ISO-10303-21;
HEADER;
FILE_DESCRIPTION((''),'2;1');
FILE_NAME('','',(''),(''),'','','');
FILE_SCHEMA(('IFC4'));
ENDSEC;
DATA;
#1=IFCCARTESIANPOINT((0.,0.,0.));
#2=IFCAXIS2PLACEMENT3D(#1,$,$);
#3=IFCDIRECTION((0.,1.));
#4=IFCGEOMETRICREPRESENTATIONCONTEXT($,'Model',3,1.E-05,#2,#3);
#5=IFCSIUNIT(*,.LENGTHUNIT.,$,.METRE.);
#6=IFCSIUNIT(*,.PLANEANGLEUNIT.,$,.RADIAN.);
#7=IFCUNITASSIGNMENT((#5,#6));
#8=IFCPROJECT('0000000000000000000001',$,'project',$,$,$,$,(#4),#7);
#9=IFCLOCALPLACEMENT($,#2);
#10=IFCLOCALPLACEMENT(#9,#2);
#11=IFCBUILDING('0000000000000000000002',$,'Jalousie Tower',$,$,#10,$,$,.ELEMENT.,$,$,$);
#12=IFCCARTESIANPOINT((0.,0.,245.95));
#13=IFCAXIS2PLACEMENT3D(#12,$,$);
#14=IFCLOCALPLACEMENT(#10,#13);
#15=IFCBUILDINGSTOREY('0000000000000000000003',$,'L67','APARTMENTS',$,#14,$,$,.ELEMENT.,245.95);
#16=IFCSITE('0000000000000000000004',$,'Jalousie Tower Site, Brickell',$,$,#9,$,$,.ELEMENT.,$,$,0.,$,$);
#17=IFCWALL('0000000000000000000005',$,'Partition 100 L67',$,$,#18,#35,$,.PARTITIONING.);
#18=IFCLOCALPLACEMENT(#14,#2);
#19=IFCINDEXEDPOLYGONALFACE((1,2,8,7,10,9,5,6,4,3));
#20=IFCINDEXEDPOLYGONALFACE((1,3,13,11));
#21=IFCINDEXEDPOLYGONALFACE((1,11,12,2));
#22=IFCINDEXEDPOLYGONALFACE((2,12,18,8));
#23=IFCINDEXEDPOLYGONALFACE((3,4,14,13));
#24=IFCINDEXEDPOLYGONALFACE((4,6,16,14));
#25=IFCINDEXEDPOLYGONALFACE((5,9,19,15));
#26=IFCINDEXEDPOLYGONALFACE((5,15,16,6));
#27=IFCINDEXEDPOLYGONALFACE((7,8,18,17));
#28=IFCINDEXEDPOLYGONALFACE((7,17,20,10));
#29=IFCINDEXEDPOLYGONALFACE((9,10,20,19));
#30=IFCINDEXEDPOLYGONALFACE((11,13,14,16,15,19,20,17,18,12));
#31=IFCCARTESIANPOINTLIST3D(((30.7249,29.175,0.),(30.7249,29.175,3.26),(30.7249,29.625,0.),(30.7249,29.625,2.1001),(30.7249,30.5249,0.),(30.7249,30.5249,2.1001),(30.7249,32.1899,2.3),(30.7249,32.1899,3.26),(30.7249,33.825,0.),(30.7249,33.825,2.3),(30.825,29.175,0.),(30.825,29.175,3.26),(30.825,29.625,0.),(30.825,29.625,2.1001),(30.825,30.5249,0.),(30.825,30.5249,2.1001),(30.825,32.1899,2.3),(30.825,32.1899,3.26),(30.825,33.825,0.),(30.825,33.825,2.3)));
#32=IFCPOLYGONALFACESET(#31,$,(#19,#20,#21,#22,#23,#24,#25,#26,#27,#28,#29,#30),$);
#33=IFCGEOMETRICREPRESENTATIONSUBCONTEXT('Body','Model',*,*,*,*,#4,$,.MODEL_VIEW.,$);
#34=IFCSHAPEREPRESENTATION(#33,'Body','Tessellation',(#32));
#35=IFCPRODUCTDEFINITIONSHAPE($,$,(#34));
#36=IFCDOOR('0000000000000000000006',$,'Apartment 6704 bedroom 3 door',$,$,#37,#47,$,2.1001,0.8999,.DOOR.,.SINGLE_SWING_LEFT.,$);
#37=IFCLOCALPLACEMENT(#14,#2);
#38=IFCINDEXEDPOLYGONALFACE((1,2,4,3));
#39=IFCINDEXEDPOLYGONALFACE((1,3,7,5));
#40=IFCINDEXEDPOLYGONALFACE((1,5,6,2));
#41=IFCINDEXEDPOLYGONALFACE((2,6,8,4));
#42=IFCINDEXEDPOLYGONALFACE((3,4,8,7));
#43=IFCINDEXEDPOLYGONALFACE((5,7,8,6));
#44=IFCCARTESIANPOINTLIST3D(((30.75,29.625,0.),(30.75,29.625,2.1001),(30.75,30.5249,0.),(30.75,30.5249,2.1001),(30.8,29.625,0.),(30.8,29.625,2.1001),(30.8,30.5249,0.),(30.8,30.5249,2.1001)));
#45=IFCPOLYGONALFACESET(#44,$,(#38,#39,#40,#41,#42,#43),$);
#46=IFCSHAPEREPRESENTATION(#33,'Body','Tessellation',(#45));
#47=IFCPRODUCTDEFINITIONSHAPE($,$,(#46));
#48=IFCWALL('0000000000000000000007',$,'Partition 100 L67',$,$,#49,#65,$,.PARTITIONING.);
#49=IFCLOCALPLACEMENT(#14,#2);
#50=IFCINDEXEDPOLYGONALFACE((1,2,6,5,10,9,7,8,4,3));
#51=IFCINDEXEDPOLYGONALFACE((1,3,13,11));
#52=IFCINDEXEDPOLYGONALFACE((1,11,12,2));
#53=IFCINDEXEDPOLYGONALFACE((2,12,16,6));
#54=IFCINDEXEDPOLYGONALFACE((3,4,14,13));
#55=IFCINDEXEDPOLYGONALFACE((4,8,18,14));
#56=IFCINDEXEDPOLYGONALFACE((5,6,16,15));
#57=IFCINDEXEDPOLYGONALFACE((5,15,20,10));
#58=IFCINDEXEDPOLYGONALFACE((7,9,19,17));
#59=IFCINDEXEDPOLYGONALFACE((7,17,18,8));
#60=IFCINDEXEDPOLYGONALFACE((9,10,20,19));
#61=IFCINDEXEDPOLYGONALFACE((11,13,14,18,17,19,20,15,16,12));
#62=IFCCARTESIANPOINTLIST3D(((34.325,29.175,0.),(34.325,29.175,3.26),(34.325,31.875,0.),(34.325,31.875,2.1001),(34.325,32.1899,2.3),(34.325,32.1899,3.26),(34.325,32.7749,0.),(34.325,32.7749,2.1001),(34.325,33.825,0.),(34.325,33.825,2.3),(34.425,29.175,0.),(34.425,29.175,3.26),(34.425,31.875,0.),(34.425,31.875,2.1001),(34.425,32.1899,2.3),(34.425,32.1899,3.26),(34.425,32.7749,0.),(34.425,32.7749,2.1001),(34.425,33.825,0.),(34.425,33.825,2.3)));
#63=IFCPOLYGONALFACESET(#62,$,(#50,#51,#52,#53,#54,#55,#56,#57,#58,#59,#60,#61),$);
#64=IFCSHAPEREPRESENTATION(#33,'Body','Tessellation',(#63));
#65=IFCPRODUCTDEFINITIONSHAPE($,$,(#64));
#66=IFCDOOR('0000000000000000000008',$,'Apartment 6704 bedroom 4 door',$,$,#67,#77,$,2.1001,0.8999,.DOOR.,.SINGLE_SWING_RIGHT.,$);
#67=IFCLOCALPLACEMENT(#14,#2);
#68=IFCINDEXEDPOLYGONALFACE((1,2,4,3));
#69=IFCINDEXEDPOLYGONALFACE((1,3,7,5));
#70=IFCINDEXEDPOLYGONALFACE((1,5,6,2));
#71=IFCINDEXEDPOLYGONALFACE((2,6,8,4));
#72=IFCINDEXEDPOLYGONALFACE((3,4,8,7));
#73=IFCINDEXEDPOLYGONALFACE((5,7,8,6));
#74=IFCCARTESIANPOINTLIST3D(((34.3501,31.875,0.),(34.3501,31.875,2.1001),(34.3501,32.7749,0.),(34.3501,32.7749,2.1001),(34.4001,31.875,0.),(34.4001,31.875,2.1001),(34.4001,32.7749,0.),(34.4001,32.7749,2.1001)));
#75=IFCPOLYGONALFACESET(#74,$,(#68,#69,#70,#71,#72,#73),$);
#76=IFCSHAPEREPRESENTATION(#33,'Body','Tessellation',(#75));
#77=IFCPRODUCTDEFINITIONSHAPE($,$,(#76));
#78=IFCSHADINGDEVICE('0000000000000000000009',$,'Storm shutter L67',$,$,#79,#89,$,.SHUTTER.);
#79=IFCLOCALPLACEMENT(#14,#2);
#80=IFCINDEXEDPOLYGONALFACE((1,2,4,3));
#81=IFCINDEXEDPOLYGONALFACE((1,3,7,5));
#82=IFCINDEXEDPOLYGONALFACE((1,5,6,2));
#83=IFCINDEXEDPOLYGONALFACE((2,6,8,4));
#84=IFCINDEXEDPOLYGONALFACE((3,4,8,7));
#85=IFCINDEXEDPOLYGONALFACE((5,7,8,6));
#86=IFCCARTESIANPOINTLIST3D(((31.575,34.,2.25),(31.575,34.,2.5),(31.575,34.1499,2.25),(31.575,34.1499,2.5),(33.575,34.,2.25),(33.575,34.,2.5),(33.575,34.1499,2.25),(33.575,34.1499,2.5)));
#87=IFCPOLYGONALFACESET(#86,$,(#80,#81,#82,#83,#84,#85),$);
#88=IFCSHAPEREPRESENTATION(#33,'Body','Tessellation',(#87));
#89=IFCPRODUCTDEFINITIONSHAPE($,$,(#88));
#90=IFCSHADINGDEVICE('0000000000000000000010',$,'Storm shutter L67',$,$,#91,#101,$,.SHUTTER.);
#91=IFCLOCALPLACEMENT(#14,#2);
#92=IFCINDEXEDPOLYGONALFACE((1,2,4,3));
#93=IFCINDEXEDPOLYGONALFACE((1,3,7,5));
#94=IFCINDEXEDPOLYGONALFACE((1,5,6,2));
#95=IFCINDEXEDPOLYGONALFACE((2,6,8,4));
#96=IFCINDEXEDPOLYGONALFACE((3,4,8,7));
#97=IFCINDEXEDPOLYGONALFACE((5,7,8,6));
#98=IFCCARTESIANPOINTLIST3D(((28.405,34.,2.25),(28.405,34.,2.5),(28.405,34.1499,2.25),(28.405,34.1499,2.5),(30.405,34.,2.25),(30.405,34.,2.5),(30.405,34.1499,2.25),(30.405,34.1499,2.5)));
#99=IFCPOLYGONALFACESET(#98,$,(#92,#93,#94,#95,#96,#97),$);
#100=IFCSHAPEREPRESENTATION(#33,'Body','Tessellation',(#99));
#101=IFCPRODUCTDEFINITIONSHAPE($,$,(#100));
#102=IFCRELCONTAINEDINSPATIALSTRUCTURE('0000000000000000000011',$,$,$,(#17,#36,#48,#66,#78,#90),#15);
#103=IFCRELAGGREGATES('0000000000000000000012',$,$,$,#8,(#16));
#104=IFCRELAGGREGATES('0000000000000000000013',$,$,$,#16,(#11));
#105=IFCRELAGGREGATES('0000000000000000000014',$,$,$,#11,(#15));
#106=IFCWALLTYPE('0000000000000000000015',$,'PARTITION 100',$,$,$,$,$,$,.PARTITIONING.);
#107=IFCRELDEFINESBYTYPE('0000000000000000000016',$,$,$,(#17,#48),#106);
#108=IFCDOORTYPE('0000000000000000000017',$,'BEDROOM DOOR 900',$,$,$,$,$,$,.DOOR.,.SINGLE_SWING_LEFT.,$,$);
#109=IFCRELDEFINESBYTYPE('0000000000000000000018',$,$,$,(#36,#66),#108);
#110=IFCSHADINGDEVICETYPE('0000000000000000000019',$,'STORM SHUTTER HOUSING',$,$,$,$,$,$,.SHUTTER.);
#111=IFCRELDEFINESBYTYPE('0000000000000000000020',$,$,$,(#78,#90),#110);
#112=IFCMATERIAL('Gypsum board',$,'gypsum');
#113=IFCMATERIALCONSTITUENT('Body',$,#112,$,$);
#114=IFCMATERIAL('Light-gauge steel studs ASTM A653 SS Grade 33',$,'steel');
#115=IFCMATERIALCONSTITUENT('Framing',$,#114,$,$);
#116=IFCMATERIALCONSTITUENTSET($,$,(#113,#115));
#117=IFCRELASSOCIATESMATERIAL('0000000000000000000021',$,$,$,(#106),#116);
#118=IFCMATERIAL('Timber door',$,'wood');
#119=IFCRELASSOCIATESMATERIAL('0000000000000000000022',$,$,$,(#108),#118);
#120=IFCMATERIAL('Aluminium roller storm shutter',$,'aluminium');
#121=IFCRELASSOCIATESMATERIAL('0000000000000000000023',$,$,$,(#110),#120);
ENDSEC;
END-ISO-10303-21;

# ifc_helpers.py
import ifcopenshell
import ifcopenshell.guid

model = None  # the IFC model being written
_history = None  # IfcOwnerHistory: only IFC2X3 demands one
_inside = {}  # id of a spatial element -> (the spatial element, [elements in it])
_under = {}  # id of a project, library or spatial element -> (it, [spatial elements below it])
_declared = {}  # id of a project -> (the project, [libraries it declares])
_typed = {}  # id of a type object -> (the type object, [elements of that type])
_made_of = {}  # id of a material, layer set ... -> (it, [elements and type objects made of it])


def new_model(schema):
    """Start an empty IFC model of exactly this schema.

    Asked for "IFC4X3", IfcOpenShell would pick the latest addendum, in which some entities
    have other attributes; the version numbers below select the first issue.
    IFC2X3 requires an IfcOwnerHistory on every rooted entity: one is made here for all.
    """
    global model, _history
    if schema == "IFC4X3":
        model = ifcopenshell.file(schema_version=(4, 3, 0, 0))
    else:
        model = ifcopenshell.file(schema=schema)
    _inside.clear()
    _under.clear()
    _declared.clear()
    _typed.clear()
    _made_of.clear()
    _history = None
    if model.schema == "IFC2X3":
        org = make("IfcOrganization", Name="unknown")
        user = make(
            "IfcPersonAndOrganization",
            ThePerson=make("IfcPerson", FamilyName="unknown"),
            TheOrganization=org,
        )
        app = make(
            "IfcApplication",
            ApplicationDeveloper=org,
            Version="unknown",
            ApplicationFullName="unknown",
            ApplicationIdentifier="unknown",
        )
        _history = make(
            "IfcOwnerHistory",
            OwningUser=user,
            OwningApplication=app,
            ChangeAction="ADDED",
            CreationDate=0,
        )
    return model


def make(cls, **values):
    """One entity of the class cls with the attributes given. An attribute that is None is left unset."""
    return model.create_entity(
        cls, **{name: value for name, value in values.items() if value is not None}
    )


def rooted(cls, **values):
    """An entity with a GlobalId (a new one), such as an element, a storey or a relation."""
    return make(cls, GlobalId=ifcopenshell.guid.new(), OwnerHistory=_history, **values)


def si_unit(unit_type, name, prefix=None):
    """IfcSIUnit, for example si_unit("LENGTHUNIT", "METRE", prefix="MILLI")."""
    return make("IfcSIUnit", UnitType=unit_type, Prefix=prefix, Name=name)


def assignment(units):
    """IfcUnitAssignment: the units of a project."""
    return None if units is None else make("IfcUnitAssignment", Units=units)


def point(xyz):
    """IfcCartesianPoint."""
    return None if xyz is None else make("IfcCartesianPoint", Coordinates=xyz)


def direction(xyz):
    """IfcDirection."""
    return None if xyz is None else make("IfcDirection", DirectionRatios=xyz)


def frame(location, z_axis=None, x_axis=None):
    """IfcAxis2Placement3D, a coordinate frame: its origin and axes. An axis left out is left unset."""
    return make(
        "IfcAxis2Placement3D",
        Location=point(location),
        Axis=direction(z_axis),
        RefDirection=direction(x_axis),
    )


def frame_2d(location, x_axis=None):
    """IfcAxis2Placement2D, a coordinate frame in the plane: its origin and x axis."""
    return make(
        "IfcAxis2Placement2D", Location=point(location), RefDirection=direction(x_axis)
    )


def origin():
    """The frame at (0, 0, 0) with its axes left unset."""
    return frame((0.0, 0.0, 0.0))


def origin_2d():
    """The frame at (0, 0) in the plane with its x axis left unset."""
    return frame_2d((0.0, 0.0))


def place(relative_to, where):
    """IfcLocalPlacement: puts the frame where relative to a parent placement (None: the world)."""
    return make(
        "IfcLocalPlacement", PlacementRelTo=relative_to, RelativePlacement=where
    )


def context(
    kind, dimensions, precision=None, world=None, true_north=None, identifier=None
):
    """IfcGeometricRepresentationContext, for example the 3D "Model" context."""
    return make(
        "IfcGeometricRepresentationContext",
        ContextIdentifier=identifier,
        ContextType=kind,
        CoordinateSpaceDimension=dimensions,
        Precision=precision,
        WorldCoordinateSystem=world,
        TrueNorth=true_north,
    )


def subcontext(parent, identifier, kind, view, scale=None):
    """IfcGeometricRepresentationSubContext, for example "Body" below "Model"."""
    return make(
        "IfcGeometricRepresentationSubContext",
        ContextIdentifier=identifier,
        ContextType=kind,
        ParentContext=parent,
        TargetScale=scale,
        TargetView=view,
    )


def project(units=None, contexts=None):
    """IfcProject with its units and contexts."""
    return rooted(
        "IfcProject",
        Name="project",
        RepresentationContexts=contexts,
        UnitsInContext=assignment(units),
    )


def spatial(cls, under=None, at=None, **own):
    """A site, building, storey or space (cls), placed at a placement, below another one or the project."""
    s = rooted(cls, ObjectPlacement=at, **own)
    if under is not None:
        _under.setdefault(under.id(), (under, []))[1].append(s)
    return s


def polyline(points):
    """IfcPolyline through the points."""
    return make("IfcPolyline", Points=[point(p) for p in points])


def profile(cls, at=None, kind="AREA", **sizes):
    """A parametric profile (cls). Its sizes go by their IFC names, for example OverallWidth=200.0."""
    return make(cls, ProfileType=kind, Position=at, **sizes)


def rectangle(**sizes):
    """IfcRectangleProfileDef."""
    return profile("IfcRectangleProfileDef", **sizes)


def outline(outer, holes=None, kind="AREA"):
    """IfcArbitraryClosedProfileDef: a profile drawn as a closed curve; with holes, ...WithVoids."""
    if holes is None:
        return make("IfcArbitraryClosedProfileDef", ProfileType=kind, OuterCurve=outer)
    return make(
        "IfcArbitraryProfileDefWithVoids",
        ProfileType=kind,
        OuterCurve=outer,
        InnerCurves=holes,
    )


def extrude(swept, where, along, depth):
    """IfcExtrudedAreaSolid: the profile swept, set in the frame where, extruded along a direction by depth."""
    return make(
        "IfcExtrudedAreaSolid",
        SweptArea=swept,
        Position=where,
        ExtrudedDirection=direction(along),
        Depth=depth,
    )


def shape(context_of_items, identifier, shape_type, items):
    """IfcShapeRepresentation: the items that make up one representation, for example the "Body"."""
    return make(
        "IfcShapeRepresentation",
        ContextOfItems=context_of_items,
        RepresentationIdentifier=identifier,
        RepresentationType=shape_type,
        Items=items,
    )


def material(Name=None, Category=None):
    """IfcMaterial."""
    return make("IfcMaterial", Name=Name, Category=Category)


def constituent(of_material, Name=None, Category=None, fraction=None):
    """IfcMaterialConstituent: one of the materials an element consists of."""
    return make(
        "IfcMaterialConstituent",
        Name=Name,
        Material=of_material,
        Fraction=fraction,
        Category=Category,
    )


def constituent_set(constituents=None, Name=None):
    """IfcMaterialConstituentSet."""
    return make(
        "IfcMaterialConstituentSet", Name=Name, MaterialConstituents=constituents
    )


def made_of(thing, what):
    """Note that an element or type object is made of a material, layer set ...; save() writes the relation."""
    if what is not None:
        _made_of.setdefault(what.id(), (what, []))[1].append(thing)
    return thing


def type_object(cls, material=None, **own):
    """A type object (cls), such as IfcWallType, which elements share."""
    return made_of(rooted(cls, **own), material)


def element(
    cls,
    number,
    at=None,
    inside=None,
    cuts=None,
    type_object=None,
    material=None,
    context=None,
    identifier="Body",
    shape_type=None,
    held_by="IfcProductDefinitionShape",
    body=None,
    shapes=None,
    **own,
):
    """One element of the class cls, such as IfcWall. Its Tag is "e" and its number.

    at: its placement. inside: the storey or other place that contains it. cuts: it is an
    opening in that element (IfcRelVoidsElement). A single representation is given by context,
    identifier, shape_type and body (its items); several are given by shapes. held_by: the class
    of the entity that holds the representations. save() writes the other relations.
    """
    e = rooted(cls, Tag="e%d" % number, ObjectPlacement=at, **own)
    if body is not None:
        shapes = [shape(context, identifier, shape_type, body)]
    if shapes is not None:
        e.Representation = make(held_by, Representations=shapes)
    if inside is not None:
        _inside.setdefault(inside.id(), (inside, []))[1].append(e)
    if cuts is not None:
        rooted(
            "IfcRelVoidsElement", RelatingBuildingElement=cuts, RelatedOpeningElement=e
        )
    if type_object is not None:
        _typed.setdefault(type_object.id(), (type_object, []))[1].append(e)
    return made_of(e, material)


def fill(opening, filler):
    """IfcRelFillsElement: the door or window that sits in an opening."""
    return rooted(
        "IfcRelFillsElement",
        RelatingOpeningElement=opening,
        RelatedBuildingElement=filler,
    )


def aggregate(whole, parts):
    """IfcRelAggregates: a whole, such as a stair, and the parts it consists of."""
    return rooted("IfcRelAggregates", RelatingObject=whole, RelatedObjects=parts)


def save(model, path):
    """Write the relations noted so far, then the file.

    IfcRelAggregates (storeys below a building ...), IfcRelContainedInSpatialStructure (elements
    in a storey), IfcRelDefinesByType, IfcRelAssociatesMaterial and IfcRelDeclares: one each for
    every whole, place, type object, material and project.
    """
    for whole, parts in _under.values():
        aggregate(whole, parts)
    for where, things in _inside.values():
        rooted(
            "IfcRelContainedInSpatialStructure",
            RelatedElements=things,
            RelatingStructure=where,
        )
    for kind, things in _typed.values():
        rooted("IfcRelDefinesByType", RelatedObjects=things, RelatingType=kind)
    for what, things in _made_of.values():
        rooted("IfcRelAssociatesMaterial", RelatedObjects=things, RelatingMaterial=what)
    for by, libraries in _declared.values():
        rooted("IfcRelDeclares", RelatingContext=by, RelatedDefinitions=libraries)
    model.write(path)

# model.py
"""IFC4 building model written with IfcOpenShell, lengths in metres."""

from ifc_helpers import new_model, si_unit, direction, frame, frame_2d, origin, origin_2d, place, context, subcontext, project, spatial, polyline, rectangle, outline, extrude, material, constituent, constituent_set, type_object, element, fill, save


model = new_model("IFC4")

# Units and contexts
model_context = context("Model", 3, precision=1e-05, world=origin(), true_north=direction((0.0, 1.0)))
body_context = subcontext(model_context, "Body", "Model", "MODEL_VIEW")
ifc_project = project(units=[si_unit("LENGTHUNIT", "METRE"), si_unit("PLANEANGLEUNIT", "RADIAN")], contexts=[model_context])

# Site, building, storey
site_placement = place(None, origin())
site = spatial("IfcSite", under=ifc_project, at=site_placement, Name="Jalousie Tower Site, Brickell", CompositionType="ELEMENT", RefElevation=0.0)
building_placement = place(site_placement, origin())
building = spatial("IfcBuilding", under=site, at=building_placement, Name="Jalousie Tower", CompositionType="ELEMENT")
storey_placement = place(building_placement, frame((0.0, 0.0, 245.95)))
storey = spatial("IfcBuildingStorey", under=building, at=storey_placement, Name="L67", Description="APARTMENTS", CompositionType="ELEMENT", Elevation=245.95)

# Walls, openings, doors
ifc_material_1 = material(Name="Gypsum board", Category="gypsum")
ifc_constituent_1 = constituent(ifc_material_1, Name="Body")
ifc_material_2 = material(Name="Light-gauge steel studs ASTM A653 SS Grade 33", Category="steel")
ifc_constituent_2 = constituent(ifc_material_2, Name="Framing")
ifc_constituent_set = constituent_set(constituents=[ifc_constituent_1, ifc_constituent_2])
wall_type_1 = type_object("IfcWallType", Name="PARTITION 100", PredefinedType="PARTITIONING", material=ifc_constituent_set)
ifc_material_3 = material(Name="Timber door", Category="wood")
door_type_1 = type_object("IfcDoorType", Name="BEDROOM DOOR 900", OperationType="SINGLE_SWING_LEFT", PredefinedType="DOOR", material=ifc_material_3)
wall_1_placement = place(storey_placement, frame((30.7749, 33.825, 0.0), z_axis=(0.0, 0.0, 1.0), x_axis=(0.0, -1.0, 0.0)))
wall_1 = element("IfcWall", 1, at=wall_1_placement, inside=storey, type_object=wall_type_1, Name="Partition 100 L67", PredefinedType="PARTITIONING", context=body_context, shape_type="SweptSolid", body=[
    extrude(outline(polyline([(0.0, 0.0), (4.6499, 0.0), (4.6499, 3.26), (1.635, 3.26), (1.635, 2.3), (0.0, 2.3), (0.0, 3.26), (0.0, 0.0)])), frame((0.0, 0.05, 0.0), z_axis=(0.0, -1.0, 0.0), x_axis=(1.0, 0.0, 0.0)), (0.0, 0.0, 1.0), 0.1001),
])
opening_1_placement = place(wall_1_placement, frame((3.3, 0.0, 0.0)))
opening_1 = element("IfcOpeningElement", 2, at=opening_1_placement, cuts=wall_1, PredefinedType="OPENING", context=body_context, shape_type="SweptSolid", body=[
    extrude(rectangle(XDim=0.8999, YDim=2.1001, at=frame_2d((0.45, 1.05))), frame((0.0, 0.0601, 0.0), z_axis=(0.0, -1.0, 0.0), x_axis=(1.0, 0.0, 0.0)), (0.0, 0.0, 1.0), 0.1201),
])
door_1_placement = place(opening_1_placement, frame((0.8999, 0.0, 0.0), z_axis=(0.0, 0.0, 1.0), x_axis=(-1.0, 0.0, 0.0)))
door_1 = element("IfcDoor", 3, at=door_1_placement, inside=storey, type_object=door_type_1, Name="Apartment 6704 bedroom 3 door", OperationType="SINGLE_SWING_LEFT", OverallHeight=2.1001, OverallWidth=0.8999, PredefinedType="DOOR", context=body_context, shape_type="SweptSolid", body=[
    extrude(rectangle(XDim=0.8999, YDim=2.1001, at=frame_2d((0.45, 1.05))), frame((0.0, 0.0249, 0.0), z_axis=(0.0, -1.0, 0.0), x_axis=(1.0, 0.0, 0.0)), (0.0, 0.0, 1.0), 0.05),
])
fill(opening_1, door_1)
wall_2_placement = place(storey_placement, frame((34.375, 33.825, 0.0), z_axis=(0.0, 0.0, 1.0), x_axis=(0.0, -1.0, 0.0)))
wall_2 = element("IfcWall", 4, at=wall_2_placement, inside=storey, type_object=wall_type_1, Name="Partition 100 L67", PredefinedType="PARTITIONING", context=body_context, shape_type="SweptSolid", body=[
    extrude(outline(polyline([(0.0, 0.0), (4.6499, 0.0), (4.6499, 3.26), (1.635, 3.26), (1.635, 2.3), (0.0, 2.3), (0.0, 3.26), (0.0, 0.0)])), frame((0.0, 0.05, 0.0), z_axis=(0.0, -1.0, 0.0), x_axis=(1.0, 0.0, 0.0)), (0.0, 0.0, 1.0), 0.1001),
])
opening_2_placement = place(wall_2_placement, frame((1.05, 0.0, 0.0)))
opening_2 = element("IfcOpeningElement", 5, at=opening_2_placement, cuts=wall_2, PredefinedType="OPENING", context=body_context, shape_type="SweptSolid", body=[
    extrude(rectangle(XDim=0.8999, YDim=2.1001, at=frame_2d((0.45, 1.05))), frame((0.0, 0.0601, 0.0), z_axis=(0.0, -1.0, 0.0), x_axis=(1.0, 0.0, 0.0)), (0.0, 0.0, 1.0), 0.1201),
])
door_2_placement = place(opening_2_placement, frame((0.8999, 0.0, 0.0), z_axis=(0.0, 0.0, 1.0), x_axis=(-1.0, 0.0, 0.0)))
door_2 = element("IfcDoor", 6, at=door_2_placement, inside=storey, type_object=door_type_1, Name="Apartment 6704 bedroom 4 door", OperationType="SINGLE_SWING_RIGHT", OverallHeight=2.1001, OverallWidth=0.8999, PredefinedType="DOOR", context=body_context, shape_type="SweptSolid", body=[
    extrude(rectangle(XDim=0.8999, YDim=2.1001, at=frame_2d((0.45, 1.05))), frame((0.0, 0.0249, 0.0), z_axis=(0.0, -1.0, 0.0), x_axis=(1.0, 0.0, 0.0)), (0.0, 0.0, 1.0), 0.05),
])
fill(opening_2, door_2)

# Shading devices
ifc_material_4 = material(Name="Aluminium roller storm shutter", Category="aluminium")
shading_device_type = type_object("IfcShadingDeviceType", Name="STORM SHUTTER HOUSING", PredefinedType="SHUTTER", material=ifc_material_4)
for number, where, z_axis, x_axis, name in (
    (7, (32.575, 34.075, 2.25), (0.0, 0.0, 1.0), (-1.0, 0.0, 0.0), "Storm shutter L67"),
    (8, (29.405, 34.075, 2.25), (0.0, 0.0, 1.0), (-1.0, 0.0, 0.0), "Storm shutter L67"),
):
    element("IfcShadingDevice", number, at=place(storey_placement, frame(where, z_axis=z_axis, x_axis=x_axis)), inside=storey, type_object=shading_device_type, Name=name, PredefinedType="SHUTTER", context=body_context, shape_type="SweptSolid", body=[
        extrude(rectangle(XDim=2.0, YDim=0.1499, at=origin_2d()), origin(), (0.0, 0.0, 1.0), 0.25),
    ])

save(model, "model.ifc")
